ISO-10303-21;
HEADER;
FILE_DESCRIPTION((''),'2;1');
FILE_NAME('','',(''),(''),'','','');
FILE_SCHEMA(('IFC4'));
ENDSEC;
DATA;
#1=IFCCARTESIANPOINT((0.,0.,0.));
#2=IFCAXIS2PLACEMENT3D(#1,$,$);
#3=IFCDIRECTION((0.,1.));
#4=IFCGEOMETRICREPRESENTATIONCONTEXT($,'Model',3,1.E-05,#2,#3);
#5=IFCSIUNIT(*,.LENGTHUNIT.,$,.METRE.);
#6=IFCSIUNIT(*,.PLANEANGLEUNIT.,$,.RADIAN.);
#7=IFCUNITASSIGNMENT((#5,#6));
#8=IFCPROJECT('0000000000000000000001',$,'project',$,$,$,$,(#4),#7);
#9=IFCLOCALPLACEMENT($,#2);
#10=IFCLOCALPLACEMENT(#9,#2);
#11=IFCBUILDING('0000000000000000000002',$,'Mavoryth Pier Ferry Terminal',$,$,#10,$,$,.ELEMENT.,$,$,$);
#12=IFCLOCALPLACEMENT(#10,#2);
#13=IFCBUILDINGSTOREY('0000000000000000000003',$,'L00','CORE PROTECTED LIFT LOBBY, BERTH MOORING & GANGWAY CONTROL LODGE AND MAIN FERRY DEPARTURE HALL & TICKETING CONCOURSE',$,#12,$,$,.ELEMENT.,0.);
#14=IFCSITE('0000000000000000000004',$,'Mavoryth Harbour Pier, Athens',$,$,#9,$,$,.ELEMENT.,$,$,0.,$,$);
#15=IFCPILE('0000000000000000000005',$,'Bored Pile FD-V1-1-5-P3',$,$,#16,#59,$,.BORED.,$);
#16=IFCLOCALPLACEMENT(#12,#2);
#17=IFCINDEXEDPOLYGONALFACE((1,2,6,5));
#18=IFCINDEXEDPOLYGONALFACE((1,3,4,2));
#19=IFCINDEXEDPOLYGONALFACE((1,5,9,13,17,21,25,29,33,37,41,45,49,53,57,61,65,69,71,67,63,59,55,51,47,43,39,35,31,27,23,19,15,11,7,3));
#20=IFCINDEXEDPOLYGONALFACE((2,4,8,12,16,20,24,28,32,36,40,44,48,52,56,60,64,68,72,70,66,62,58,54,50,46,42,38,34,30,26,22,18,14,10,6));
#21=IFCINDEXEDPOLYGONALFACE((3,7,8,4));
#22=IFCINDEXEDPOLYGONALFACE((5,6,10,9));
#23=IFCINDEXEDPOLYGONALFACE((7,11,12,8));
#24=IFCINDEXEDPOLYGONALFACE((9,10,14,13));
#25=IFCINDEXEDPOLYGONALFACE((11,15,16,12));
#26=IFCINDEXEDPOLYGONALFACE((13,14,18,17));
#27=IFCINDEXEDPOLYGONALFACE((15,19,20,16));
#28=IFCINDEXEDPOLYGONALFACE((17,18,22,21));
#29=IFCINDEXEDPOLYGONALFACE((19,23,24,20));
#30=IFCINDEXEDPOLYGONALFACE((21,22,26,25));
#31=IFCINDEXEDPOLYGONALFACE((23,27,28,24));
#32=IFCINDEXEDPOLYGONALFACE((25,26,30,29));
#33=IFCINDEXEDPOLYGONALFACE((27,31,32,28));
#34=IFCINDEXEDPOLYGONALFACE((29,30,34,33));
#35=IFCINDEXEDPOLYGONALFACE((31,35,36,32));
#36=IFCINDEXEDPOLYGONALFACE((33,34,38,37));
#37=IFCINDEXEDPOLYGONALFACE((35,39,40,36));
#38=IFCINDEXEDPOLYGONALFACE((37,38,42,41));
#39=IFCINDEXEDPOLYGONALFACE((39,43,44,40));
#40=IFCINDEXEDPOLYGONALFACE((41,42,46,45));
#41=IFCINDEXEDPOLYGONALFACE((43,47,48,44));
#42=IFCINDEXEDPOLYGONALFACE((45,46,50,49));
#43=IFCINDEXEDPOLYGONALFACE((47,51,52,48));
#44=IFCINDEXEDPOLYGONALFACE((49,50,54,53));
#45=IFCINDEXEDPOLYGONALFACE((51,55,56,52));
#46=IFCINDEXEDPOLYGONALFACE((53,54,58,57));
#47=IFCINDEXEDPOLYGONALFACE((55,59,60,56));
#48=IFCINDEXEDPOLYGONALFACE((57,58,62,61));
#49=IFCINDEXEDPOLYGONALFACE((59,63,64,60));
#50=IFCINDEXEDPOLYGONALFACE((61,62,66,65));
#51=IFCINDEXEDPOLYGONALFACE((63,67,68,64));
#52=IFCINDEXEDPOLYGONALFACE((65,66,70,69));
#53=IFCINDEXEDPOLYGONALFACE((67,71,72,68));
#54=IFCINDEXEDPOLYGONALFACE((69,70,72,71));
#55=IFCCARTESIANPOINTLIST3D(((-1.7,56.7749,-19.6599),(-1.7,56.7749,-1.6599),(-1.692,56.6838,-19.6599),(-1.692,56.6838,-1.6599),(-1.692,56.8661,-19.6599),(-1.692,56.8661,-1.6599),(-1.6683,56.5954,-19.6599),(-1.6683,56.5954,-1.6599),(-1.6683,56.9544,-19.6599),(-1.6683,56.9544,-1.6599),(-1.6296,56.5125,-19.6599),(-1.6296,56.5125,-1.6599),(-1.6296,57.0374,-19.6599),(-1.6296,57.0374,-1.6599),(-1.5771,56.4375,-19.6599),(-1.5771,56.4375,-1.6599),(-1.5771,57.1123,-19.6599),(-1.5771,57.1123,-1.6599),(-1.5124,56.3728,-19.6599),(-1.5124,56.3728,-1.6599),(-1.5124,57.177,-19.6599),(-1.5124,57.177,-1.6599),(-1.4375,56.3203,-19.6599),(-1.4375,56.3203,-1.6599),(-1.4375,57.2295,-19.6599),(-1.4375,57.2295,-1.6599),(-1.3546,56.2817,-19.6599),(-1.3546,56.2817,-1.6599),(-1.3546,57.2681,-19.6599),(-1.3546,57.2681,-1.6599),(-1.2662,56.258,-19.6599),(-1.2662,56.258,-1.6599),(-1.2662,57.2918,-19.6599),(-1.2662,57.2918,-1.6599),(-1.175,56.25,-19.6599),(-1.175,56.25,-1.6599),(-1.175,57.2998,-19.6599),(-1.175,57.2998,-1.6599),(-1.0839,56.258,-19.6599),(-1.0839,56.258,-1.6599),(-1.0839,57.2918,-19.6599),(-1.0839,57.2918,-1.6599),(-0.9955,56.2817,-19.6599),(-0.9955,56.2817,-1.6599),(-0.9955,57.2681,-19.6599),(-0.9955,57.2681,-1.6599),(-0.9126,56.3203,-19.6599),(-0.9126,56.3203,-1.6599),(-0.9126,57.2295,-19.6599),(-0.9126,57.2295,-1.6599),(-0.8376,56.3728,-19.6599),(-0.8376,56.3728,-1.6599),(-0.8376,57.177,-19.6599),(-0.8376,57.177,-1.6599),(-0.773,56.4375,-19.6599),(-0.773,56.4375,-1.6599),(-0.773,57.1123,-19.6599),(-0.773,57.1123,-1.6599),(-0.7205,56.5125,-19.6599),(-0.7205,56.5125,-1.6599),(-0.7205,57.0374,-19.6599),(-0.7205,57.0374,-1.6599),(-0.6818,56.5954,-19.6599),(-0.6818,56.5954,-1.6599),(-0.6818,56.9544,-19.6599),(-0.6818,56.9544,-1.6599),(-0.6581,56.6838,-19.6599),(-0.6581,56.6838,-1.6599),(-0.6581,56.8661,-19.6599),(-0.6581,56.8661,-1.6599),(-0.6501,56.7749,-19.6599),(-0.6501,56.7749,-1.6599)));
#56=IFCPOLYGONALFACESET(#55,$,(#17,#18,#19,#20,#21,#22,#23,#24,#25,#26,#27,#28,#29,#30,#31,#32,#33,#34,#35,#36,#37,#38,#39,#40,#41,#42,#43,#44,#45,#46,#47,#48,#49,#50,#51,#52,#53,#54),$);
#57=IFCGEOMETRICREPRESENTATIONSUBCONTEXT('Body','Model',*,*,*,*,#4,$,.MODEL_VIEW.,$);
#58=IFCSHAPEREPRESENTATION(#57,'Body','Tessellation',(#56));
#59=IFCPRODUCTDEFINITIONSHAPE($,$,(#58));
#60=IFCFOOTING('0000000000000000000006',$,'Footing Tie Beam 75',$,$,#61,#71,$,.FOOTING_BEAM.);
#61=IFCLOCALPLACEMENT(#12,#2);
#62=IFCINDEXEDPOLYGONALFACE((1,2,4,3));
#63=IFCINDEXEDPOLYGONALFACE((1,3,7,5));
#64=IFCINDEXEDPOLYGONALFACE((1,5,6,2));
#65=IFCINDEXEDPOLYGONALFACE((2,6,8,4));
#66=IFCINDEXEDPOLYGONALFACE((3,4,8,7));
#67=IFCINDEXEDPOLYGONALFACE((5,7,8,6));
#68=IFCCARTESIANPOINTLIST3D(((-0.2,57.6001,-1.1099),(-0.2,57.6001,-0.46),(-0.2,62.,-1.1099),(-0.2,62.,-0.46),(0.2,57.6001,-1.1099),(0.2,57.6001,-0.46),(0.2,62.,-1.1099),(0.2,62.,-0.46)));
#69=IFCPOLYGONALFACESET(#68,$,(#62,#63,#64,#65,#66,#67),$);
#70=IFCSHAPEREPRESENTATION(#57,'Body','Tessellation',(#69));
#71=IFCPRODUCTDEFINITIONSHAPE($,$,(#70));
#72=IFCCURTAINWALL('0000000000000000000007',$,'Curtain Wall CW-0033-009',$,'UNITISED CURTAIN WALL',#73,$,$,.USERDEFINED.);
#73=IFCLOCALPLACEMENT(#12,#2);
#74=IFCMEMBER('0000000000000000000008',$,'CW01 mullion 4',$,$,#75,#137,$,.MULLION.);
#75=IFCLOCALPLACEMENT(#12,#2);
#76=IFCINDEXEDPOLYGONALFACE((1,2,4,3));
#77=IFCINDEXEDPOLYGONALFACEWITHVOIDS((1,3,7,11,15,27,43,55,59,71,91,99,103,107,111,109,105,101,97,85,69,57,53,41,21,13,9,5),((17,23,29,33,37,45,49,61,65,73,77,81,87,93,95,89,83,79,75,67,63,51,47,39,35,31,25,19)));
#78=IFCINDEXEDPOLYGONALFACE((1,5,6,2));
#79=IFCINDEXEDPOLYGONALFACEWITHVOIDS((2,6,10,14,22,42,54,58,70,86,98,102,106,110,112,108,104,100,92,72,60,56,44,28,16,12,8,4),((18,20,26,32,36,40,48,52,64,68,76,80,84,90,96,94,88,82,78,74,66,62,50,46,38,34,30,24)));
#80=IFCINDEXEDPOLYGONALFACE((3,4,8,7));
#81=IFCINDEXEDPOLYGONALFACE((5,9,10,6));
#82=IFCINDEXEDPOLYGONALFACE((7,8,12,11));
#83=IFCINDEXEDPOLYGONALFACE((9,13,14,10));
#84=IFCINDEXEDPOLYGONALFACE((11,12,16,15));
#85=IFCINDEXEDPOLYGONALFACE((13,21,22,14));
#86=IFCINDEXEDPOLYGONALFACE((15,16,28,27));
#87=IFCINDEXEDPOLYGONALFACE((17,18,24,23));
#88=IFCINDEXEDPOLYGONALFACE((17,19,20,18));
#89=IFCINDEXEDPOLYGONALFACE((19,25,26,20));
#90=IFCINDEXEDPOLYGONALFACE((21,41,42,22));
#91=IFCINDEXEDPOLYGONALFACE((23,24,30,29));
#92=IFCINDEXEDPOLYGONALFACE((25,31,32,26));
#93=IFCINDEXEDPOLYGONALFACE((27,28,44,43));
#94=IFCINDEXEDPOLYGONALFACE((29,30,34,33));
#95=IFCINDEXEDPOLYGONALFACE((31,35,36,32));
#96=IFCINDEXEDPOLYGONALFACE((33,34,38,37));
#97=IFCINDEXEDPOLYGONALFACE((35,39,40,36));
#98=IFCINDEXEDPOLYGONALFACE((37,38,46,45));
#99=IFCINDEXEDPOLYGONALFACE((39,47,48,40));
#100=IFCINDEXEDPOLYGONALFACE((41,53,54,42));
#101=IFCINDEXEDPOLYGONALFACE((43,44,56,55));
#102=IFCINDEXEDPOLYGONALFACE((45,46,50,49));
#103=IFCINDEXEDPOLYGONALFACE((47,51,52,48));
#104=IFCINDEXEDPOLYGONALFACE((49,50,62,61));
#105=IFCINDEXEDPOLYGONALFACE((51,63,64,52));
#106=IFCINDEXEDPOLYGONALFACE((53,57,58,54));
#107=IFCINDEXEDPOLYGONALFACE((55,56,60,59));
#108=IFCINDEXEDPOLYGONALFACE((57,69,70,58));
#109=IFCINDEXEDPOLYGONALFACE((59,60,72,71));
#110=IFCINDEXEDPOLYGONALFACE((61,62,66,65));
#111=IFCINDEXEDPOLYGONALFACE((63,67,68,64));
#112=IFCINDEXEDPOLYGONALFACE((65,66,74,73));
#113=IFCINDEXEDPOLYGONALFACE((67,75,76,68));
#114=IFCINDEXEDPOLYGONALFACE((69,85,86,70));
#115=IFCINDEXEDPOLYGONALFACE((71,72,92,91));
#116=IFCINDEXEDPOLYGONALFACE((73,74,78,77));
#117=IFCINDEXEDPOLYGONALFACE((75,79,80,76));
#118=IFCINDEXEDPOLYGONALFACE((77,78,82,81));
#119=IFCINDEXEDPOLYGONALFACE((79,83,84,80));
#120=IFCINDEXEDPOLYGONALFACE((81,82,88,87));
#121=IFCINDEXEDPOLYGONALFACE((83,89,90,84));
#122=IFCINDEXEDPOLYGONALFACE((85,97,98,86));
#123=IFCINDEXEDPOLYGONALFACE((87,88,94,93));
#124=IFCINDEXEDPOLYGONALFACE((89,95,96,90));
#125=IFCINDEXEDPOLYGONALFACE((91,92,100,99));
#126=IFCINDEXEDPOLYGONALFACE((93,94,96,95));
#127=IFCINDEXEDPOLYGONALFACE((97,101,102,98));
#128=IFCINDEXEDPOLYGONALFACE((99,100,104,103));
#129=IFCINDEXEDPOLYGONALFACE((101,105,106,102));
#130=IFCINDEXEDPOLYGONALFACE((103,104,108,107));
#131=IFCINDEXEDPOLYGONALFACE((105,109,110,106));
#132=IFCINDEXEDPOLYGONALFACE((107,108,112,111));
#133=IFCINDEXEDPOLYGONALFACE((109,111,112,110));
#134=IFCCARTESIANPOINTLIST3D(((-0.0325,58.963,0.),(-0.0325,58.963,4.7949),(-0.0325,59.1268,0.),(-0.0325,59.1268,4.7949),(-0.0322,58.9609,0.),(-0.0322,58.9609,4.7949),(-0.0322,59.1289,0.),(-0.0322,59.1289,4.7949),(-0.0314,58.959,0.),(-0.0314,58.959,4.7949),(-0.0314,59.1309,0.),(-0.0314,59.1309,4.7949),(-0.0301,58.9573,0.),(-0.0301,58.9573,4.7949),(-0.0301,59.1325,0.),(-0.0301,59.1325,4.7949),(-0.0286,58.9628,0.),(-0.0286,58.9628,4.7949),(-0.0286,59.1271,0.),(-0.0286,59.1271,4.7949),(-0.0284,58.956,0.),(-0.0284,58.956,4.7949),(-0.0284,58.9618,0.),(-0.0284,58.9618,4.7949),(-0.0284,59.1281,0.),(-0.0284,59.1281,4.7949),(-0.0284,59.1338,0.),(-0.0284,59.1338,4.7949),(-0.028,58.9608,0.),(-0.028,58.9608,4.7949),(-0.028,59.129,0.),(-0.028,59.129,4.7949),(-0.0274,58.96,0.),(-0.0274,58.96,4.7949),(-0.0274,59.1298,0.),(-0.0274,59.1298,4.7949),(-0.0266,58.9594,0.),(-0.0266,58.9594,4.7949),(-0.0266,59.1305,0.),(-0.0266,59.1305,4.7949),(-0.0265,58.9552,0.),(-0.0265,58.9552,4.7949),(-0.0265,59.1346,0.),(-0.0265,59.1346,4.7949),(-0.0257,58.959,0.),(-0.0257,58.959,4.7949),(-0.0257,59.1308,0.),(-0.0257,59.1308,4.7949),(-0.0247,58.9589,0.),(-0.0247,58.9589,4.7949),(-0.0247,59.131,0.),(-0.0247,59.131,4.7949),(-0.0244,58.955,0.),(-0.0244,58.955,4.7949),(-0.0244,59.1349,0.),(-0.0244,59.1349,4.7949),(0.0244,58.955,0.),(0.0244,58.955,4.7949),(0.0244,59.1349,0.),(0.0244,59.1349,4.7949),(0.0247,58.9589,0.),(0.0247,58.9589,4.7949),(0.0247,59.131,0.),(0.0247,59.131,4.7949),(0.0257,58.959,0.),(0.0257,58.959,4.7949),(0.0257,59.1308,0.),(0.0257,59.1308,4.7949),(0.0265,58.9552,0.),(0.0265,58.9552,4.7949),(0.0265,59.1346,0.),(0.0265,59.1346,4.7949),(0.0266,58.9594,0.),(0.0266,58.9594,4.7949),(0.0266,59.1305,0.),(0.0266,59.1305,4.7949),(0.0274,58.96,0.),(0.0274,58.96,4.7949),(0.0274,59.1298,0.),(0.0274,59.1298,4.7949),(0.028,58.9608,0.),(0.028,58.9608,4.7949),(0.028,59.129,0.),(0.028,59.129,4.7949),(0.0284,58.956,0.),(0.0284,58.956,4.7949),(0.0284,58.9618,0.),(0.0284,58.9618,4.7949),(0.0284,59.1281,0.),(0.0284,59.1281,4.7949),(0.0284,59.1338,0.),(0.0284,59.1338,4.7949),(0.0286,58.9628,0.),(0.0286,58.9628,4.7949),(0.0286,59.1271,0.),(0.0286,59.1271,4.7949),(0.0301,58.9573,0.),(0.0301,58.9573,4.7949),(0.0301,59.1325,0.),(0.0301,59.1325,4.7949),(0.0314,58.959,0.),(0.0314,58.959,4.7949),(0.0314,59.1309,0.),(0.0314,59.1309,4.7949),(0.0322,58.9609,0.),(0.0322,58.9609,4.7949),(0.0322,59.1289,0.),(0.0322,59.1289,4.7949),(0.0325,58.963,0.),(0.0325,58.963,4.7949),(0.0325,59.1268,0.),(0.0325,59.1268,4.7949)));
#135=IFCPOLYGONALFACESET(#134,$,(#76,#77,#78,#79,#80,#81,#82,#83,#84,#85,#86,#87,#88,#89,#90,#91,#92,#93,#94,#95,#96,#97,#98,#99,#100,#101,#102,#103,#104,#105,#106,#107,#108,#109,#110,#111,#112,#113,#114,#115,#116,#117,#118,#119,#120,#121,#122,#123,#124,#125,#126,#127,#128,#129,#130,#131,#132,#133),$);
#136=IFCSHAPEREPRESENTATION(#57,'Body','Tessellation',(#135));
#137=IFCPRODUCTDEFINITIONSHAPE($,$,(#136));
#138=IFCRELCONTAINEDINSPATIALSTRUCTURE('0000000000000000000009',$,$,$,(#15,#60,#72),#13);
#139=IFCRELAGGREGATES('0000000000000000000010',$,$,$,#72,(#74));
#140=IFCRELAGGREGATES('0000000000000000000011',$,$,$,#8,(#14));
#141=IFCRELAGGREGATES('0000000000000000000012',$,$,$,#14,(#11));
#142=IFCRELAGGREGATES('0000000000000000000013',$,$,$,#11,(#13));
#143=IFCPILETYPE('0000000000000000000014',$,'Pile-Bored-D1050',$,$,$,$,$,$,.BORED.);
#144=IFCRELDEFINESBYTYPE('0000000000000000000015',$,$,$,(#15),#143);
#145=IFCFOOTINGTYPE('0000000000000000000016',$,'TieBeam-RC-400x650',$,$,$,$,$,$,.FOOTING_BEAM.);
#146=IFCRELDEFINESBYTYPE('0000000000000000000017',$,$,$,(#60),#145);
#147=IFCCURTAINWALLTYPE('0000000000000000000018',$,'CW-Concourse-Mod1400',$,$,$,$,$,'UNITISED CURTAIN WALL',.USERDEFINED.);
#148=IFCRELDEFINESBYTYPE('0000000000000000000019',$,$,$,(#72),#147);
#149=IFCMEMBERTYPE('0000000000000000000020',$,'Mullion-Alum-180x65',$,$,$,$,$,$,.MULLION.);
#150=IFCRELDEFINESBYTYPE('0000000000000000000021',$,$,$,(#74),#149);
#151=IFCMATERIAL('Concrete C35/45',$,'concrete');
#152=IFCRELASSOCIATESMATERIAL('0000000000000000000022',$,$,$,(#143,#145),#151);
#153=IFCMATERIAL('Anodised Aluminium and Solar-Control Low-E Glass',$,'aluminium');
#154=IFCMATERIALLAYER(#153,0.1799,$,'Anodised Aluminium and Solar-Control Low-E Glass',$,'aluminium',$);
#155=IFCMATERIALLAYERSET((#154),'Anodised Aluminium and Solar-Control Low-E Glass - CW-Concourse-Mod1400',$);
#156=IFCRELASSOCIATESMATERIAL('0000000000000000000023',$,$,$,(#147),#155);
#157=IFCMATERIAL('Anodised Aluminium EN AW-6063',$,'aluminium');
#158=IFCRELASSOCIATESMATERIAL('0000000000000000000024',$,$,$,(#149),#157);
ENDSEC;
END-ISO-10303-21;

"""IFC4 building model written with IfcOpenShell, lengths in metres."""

from ifc_helpers import new_model, si_unit, direction, frame, origin, origin_2d, place, context, subcontext, project, spatial, rectangle, hollow_rectangle, circle, extrude, material, layer, layer_set, material_profile, profile_set, type_object, element, aggregate, save


model = new_model("IFC4")

# Units and contexts
model_context = context("Model", 3, precision=1e-05, world=origin(), true_north=direction((0.0, 1.0)))
body_context = subcontext(model_context, "Body", "Model", "MODEL_VIEW")
ifc_project = project(units=[si_unit("LENGTHUNIT", "METRE"), si_unit("PLANEANGLEUNIT", "RADIAN")], contexts=[model_context])

# Site, building, storey
site_placement = place(None, origin())
site = spatial("IfcSite", under=ifc_project, at=site_placement, Name="Mavoryth Harbour Pier, Athens", CompositionType="ELEMENT", RefElevation=0.0)
building_placement = place(site_placement, origin())
building = spatial("IfcBuilding", under=site, at=building_placement, Name="Mavoryth Pier Ferry Terminal", CompositionType="ELEMENT")
storey_placement = place(building_placement, origin())
storey = spatial("IfcBuildingStorey", under=building, at=storey_placement, Name="L00", Description="CORE PROTECTED LIFT LOBBY, BERTH MOORING & GANGWAY CONTROL LODGE AND MAIN FERRY DEPARTURE HALL & TICKETING CONCOURSE", CompositionType="ELEMENT", Elevation=0.0)

# Pile
ifc_material_1 = material(Name="Concrete C35/45", Category="concrete")
ifc_material_profile_1 = material_profile(ifc_material_1, circle(Radius=0.5249, at=origin_2d()), Name="PILE D1050", Category="concrete")
ifc_profile_set_1 = profile_set([ifc_material_profile_1], Name="Concrete C35/45 - PILE D1050")
pile_type = type_object("IfcPileType", Name="Pile-Bored-D1050", PredefinedType="BORED", material=ifc_profile_set_1)
pile_placement = place(storey_placement, frame((-1.175, 56.7749, -1.6599), z_axis=(0.0, 0.0, -1.0), x_axis=(1.0, 0.0, 0.0)))
element("IfcPile", 1, at=pile_placement, inside=storey, type_object=pile_type, Name="Bored Pile FD-V1-1-5-P3", PredefinedType="BORED", context=body_context, shape_type="SweptSolid", body=[
    extrude(circle(Radius=0.5249, at=origin_2d()), origin(), (0.0, 0.0, 1.0), 18.0),
])

# Footing
ifc_material_profile_2 = material_profile(ifc_material_1, rectangle(XDim=0.3999, YDim=0.6499, at=origin_2d()), Name="RC 400x650", Category="concrete")
ifc_profile_set_2 = profile_set([ifc_material_profile_2], Name="Concrete C35/45 - RC 400x650")
footing_type = type_object("IfcFootingType", Name="TieBeam-RC-400x650", PredefinedType="FOOTING_BEAM", material=ifc_profile_set_2)
footing_placement = place(storey_placement, frame((0.0, 57.6001, -0.7849), z_axis=(0.0, 1.0, 0.0), x_axis=(-1.0, 0.0, 0.0)))
element("IfcFooting", 2, at=footing_placement, inside=storey, type_object=footing_type, Name="Footing Tie Beam 75", PredefinedType="FOOTING_BEAM", context=body_context, shape_type="SweptSolid", body=[
    extrude(rectangle(XDim=0.3999, YDim=0.6499, at=origin_2d()), origin(), (0.0, 0.0, 1.0), 4.3999),
])

# Curtain wall, member
ifc_material_2 = material(Name="Anodised Aluminium and Solar-Control Low-E Glass", Category="aluminium")
ifc_layer_1 = layer(ifc_material_2, 0.1799, Name="Anodised Aluminium and Solar-Control Low-E Glass", Category="aluminium")
ifc_layer_set_1 = layer_set([ifc_layer_1], Name="Anodised Aluminium and Solar-Control Low-E Glass - CW-Concourse-Mod1400")
curtain_wall_type = type_object("IfcCurtainWallType", Name="CW-Concourse-Mod1400", ElementType="UNITISED CURTAIN WALL", PredefinedType="USERDEFINED", material=ifc_layer_set_1)
curtain_wall_placement = place(storey_placement, origin())
curtain_wall = element("IfcCurtainWall", 3, at=curtain_wall_placement, inside=storey, type_object=curtain_wall_type, Name="Curtain Wall CW-0033-009", ObjectType="UNITISED CURTAIN WALL", PredefinedType="USERDEFINED")
ifc_material_3 = material(Name="Anodised Aluminium EN AW-6063", Category="aluminium")
ifc_material_profile_3 = material_profile(ifc_material_3, hollow_rectangle(XDim=0.0649, YDim=0.1799, WallThickness=0.0039, InnerFilletRadius=0.0039, OuterFilletRadius=0.0081, at=origin_2d()), Name="AL-MULL 180x65x4", Category="aluminium")
ifc_profile_set_3 = profile_set([ifc_material_profile_3], Name="Anodised Aluminium EN AW-6063 - AL-MULL 180x65x4")
member_type_1 = type_object("IfcMemberType", Name="Mullion-Alum-180x65", PredefinedType="MULLION", material=ifc_profile_set_3)
member_1_placement = place(storey_placement, frame((0.0, 59.0449, 0.0), z_axis=(0.0, 0.0, 1.0), x_axis=(1.0, 0.0, 0.0)))
member_1 = element("IfcMember", 4, at=member_1_placement, type_object=member_type_1, Name="CW01 mullion 4", PredefinedType="MULLION", context=body_context, shape_type="SweptSolid", body=[
    extrude(hollow_rectangle(XDim=0.0649, YDim=0.1799, WallThickness=0.0039, InnerFilletRadius=0.0039, OuterFilletRadius=0.0081, at=origin_2d()), origin(), (0.0, 0.0, 1.0), 4.7949),
])
aggregate(curtain_wall, [member_1])

save(model, "model.ifc")
